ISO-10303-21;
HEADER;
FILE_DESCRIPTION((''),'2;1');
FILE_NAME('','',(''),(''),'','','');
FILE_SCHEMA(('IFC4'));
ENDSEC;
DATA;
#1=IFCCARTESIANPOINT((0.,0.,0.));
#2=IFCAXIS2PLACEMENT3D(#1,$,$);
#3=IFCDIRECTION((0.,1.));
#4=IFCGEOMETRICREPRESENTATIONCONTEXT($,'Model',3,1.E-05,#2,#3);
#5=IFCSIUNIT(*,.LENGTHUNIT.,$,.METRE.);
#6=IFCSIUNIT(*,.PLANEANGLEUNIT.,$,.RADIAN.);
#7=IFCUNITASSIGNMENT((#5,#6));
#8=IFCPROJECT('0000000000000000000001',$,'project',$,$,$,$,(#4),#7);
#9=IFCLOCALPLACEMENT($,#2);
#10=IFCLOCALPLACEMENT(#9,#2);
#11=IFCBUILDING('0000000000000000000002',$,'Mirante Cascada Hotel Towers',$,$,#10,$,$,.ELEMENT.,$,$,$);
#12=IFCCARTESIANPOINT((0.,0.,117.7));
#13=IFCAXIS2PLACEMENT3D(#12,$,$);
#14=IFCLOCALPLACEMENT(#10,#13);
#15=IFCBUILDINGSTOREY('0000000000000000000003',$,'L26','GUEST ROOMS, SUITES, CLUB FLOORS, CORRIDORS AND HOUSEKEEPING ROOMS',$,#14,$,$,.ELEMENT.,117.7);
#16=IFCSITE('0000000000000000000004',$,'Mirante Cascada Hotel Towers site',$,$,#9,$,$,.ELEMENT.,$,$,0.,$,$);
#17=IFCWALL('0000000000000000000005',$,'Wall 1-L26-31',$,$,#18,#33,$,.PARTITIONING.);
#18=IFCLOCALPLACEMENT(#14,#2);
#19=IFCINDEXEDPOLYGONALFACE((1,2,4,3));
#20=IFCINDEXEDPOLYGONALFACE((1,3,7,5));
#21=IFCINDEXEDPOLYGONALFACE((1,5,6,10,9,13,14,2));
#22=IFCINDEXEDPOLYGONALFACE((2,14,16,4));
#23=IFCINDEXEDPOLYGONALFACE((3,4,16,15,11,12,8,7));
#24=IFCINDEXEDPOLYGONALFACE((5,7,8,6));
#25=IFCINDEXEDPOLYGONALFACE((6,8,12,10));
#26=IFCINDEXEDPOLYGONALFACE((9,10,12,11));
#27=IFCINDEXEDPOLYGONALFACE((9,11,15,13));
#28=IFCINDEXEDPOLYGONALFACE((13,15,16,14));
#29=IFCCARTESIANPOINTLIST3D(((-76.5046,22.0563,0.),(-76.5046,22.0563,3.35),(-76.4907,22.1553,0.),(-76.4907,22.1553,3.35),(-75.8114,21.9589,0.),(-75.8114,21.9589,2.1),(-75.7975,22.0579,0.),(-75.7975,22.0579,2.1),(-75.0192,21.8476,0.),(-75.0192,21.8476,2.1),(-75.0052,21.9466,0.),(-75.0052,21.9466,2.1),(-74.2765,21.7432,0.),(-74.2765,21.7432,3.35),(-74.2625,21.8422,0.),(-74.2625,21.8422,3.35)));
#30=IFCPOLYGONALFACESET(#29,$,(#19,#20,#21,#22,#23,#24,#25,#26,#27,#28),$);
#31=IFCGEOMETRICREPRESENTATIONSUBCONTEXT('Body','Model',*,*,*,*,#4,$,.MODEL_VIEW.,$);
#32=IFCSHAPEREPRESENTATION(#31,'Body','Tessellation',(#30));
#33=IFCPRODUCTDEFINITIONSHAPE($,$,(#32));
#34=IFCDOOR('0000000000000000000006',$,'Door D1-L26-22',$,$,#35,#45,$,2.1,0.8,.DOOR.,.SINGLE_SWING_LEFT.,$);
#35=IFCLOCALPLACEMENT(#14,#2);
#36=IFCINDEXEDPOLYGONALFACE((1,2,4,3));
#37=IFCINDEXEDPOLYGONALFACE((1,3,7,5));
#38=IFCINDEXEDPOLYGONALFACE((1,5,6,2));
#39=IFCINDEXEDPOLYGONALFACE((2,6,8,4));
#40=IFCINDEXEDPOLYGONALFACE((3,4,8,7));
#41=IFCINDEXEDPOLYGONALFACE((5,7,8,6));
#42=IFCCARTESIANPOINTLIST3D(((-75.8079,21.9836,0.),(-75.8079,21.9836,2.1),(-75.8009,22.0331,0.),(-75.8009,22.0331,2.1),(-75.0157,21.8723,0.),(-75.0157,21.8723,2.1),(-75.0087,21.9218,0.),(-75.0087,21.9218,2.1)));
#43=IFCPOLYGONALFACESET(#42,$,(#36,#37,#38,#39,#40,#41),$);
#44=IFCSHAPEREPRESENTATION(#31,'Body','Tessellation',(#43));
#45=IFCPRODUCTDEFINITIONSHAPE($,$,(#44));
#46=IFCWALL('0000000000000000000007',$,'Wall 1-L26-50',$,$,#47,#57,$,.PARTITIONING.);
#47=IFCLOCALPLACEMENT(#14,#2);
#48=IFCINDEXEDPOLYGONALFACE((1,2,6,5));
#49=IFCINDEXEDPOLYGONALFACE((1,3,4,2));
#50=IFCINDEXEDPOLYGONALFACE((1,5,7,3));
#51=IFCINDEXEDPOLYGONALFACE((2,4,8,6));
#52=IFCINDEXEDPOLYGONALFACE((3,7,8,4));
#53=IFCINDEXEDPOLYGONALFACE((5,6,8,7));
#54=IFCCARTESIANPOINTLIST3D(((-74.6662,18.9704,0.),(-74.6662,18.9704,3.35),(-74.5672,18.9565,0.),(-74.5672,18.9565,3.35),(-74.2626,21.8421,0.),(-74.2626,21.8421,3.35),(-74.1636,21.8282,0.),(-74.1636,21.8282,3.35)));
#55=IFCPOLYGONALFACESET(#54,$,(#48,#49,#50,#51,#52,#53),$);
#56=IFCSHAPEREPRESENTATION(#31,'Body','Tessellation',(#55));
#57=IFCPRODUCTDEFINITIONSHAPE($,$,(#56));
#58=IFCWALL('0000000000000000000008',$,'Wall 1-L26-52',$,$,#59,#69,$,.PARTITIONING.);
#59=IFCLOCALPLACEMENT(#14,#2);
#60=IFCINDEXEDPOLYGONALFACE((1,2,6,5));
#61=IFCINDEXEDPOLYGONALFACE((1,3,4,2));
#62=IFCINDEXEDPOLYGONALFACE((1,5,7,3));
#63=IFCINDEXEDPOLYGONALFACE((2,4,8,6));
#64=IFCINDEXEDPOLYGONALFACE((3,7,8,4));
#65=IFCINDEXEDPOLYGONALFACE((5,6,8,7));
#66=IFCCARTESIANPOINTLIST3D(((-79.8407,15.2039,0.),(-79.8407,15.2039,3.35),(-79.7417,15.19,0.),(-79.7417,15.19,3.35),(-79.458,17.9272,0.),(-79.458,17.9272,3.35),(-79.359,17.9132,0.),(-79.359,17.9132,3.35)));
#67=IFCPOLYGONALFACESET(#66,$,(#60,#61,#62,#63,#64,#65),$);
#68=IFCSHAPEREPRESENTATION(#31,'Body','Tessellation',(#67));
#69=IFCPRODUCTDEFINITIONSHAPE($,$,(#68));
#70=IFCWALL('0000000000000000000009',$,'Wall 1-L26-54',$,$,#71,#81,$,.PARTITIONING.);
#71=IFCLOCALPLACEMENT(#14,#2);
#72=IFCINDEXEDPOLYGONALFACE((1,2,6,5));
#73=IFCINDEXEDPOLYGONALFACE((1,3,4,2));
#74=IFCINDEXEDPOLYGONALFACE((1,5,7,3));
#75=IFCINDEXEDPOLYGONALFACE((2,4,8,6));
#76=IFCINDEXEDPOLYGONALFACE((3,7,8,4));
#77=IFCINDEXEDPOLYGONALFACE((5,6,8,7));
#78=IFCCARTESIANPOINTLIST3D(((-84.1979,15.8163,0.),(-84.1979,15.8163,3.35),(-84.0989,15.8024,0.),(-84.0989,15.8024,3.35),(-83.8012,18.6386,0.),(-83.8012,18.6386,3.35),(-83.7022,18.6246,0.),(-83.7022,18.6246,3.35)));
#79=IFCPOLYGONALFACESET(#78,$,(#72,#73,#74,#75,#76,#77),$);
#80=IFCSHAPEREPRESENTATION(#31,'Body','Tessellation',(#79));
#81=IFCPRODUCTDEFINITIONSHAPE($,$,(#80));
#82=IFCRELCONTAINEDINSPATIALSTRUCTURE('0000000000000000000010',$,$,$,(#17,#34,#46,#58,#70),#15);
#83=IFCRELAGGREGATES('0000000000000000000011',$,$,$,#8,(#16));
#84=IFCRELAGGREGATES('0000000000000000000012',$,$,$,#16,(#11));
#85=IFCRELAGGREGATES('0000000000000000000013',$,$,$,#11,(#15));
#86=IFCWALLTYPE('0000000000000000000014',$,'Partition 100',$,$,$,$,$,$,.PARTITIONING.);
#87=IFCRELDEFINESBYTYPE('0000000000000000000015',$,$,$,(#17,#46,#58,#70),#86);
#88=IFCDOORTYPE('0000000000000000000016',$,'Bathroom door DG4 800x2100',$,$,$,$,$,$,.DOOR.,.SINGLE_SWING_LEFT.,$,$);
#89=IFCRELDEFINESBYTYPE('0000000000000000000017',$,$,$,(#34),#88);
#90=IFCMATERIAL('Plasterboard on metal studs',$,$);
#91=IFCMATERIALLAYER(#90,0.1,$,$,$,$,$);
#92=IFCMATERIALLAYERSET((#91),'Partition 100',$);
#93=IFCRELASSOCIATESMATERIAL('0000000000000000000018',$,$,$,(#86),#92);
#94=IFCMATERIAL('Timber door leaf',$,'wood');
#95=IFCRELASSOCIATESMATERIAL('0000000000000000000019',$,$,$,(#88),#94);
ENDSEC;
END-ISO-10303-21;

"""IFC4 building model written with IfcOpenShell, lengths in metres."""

from ifc_helpers import new_model, si_unit, direction, frame, frame_2d, origin, place, context, subcontext, project, spatial, rectangle, extrude, material, layer, layer_set, type_object, element, fill, save


model = new_model("IFC4")

# Units and contexts
model_context = context("Model", 3, precision=1e-05, world=origin(), true_north=direction((0.0, 1.0)))
body_context = subcontext(model_context, "Body", "Model", "MODEL_VIEW")
ifc_project = project(units=[si_unit("LENGTHUNIT", "METRE"), si_unit("PLANEANGLEUNIT", "RADIAN")], contexts=[model_context])

# Site, building, storey
site_placement = place(None, origin())
site = spatial("IfcSite", under=ifc_project, at=site_placement, Name="Mirante Cascada Hotel Towers site", CompositionType="ELEMENT", RefElevation=0.0)
building_placement = place(site_placement, origin())
building = spatial("IfcBuilding", under=site, at=building_placement, Name="Mirante Cascada Hotel Towers", CompositionType="ELEMENT")
storey_placement = place(building_placement, frame((0.0, 0.0, 117.7)))
storey = spatial("IfcBuildingStorey", under=building, at=storey_placement, Name="L26", Description="GUEST ROOMS, SUITES, CLUB FLOORS, CORRIDORS AND HOUSEKEEPING ROOMS", CompositionType="ELEMENT", Elevation=117.7)

# Shared definitions
ifc_material_1 = material(Name="Plasterboard on metal studs")
ifc_layer_1 = layer(ifc_material_1, 0.1)
ifc_layer_set_1 = layer_set([ifc_layer_1], Name="Partition 100")
wall_type = type_object("IfcWallType", Name="Partition 100", PredefinedType="PARTITIONING", material=ifc_layer_set_1)
ifc_material_2 = material(Name="Timber door leaf", Category="wood")
door_type = type_object("IfcDoorType", Name="Bathroom door DG4 800x2100", OperationType="SINGLE_SWING_LEFT", PredefinedType="DOOR", material=ifc_material_2)

# Wall, opening, door
wall_1_placement = place(storey_placement, frame((-74.2695, 21.7927, 0.0), z_axis=(0.0, 0.0, 1.0), x_axis=(-0.990271, 0.139156, 0.0)))
wall_1 = element("IfcWall", 1, at=wall_1_placement, inside=storey, type_object=wall_type, Name="Wall 1-L26-31", PredefinedType="PARTITIONING", context=body_context, shape_type="SweptSolid", body=[
    extrude(rectangle(XDim=2.25, YDim=0.1, at=frame_2d((1.125, 0.0))), origin(), (0.0, 0.0, 1.0), 3.35),
])
opening_1_placement = place(wall_1_placement, frame((0.75, 0.0, 0.0)))
opening_1 = element("IfcOpeningElement", 2, at=opening_1_placement, cuts=wall_1, PredefinedType="OPENING", context=body_context, shape_type="SweptSolid", body=[
    extrude(rectangle(XDim=0.8, YDim=2.1, at=frame_2d((0.4, 1.05))), frame((0.0, 0.05, 0.0), z_axis=(0.0, -1.0, 0.0), x_axis=(1.0, 0.0, 0.0)), (0.0, 0.0, 1.0), 0.1),
])
door_1_placement = place(opening_1_placement, origin())
door_1 = element("IfcDoor", 3, at=door_1_placement, inside=storey, type_object=door_type, Name="Door D1-L26-22", OperationType="SINGLE_SWING_LEFT", OverallHeight=2.1, OverallWidth=0.8, PredefinedType="DOOR", context=body_context, shape_type="SweptSolid", body=[
    extrude(rectangle(XDim=0.8, YDim=2.1, at=frame_2d((0.4, 1.05))), frame((0.0, 0.025, 0.0), z_axis=(0.0, -1.0, 0.0), x_axis=(1.0, 0.0, 0.0)), (0.0, 0.0, 1.0), 0.05),
])
fill(opening_1, door_1)

# Walls
wall_2_placement = place(storey_placement, frame((-74.2131, 21.8352, 0.0), z_axis=(0.0, 0.0, 1.0), x_axis=(-0.139176, -0.990268, 0.0)))
element("IfcWall", 4, at=wall_2_placement, inside=storey, type_object=wall_type, Name="Wall 1-L26-50", PredefinedType="PARTITIONING", context=body_context, shape_type="SweptSolid", body=[
    extrude(rectangle(XDim=2.8999, YDim=0.1, at=frame_2d((1.45, 0.0))), origin(), (0.0, 0.0, 1.0), 3.35),
])
wall_3_placement = place(storey_placement, frame((-79.4085, 17.9202, 0.0), z_axis=(0.0, 0.0, 1.0), x_axis=(-0.139166, -0.990269, 0.0)))
element("IfcWall", 5, at=wall_3_placement, inside=storey, type_object=wall_type, Name="Wall 1-L26-52", PredefinedType="PARTITIONING", context=body_context, shape_type="SweptSolid", body=[
    extrude(rectangle(XDim=2.75, YDim=0.1, at=frame_2d((1.375, 0.0))), origin(), (0.0, 0.0, 1.0), 3.35),
])
wall_4_placement = place(storey_placement, frame((-83.7517, 18.6316, 0.0), z_axis=(0.0, 0.0, 1.0), x_axis=(-0.139191, -0.990266, 0.0)))
element("IfcWall", 6, at=wall_4_placement, inside=storey, type_object=wall_type, Name="Wall 1-L26-54", PredefinedType="PARTITIONING", context=body_context, shape_type="SweptSolid", body=[
    extrude(rectangle(XDim=2.85, YDim=0.1, at=frame_2d((1.425, 0.0))), origin(), (0.0, 0.0, 1.0), 3.35),
])

save(model, "model.ifc")
